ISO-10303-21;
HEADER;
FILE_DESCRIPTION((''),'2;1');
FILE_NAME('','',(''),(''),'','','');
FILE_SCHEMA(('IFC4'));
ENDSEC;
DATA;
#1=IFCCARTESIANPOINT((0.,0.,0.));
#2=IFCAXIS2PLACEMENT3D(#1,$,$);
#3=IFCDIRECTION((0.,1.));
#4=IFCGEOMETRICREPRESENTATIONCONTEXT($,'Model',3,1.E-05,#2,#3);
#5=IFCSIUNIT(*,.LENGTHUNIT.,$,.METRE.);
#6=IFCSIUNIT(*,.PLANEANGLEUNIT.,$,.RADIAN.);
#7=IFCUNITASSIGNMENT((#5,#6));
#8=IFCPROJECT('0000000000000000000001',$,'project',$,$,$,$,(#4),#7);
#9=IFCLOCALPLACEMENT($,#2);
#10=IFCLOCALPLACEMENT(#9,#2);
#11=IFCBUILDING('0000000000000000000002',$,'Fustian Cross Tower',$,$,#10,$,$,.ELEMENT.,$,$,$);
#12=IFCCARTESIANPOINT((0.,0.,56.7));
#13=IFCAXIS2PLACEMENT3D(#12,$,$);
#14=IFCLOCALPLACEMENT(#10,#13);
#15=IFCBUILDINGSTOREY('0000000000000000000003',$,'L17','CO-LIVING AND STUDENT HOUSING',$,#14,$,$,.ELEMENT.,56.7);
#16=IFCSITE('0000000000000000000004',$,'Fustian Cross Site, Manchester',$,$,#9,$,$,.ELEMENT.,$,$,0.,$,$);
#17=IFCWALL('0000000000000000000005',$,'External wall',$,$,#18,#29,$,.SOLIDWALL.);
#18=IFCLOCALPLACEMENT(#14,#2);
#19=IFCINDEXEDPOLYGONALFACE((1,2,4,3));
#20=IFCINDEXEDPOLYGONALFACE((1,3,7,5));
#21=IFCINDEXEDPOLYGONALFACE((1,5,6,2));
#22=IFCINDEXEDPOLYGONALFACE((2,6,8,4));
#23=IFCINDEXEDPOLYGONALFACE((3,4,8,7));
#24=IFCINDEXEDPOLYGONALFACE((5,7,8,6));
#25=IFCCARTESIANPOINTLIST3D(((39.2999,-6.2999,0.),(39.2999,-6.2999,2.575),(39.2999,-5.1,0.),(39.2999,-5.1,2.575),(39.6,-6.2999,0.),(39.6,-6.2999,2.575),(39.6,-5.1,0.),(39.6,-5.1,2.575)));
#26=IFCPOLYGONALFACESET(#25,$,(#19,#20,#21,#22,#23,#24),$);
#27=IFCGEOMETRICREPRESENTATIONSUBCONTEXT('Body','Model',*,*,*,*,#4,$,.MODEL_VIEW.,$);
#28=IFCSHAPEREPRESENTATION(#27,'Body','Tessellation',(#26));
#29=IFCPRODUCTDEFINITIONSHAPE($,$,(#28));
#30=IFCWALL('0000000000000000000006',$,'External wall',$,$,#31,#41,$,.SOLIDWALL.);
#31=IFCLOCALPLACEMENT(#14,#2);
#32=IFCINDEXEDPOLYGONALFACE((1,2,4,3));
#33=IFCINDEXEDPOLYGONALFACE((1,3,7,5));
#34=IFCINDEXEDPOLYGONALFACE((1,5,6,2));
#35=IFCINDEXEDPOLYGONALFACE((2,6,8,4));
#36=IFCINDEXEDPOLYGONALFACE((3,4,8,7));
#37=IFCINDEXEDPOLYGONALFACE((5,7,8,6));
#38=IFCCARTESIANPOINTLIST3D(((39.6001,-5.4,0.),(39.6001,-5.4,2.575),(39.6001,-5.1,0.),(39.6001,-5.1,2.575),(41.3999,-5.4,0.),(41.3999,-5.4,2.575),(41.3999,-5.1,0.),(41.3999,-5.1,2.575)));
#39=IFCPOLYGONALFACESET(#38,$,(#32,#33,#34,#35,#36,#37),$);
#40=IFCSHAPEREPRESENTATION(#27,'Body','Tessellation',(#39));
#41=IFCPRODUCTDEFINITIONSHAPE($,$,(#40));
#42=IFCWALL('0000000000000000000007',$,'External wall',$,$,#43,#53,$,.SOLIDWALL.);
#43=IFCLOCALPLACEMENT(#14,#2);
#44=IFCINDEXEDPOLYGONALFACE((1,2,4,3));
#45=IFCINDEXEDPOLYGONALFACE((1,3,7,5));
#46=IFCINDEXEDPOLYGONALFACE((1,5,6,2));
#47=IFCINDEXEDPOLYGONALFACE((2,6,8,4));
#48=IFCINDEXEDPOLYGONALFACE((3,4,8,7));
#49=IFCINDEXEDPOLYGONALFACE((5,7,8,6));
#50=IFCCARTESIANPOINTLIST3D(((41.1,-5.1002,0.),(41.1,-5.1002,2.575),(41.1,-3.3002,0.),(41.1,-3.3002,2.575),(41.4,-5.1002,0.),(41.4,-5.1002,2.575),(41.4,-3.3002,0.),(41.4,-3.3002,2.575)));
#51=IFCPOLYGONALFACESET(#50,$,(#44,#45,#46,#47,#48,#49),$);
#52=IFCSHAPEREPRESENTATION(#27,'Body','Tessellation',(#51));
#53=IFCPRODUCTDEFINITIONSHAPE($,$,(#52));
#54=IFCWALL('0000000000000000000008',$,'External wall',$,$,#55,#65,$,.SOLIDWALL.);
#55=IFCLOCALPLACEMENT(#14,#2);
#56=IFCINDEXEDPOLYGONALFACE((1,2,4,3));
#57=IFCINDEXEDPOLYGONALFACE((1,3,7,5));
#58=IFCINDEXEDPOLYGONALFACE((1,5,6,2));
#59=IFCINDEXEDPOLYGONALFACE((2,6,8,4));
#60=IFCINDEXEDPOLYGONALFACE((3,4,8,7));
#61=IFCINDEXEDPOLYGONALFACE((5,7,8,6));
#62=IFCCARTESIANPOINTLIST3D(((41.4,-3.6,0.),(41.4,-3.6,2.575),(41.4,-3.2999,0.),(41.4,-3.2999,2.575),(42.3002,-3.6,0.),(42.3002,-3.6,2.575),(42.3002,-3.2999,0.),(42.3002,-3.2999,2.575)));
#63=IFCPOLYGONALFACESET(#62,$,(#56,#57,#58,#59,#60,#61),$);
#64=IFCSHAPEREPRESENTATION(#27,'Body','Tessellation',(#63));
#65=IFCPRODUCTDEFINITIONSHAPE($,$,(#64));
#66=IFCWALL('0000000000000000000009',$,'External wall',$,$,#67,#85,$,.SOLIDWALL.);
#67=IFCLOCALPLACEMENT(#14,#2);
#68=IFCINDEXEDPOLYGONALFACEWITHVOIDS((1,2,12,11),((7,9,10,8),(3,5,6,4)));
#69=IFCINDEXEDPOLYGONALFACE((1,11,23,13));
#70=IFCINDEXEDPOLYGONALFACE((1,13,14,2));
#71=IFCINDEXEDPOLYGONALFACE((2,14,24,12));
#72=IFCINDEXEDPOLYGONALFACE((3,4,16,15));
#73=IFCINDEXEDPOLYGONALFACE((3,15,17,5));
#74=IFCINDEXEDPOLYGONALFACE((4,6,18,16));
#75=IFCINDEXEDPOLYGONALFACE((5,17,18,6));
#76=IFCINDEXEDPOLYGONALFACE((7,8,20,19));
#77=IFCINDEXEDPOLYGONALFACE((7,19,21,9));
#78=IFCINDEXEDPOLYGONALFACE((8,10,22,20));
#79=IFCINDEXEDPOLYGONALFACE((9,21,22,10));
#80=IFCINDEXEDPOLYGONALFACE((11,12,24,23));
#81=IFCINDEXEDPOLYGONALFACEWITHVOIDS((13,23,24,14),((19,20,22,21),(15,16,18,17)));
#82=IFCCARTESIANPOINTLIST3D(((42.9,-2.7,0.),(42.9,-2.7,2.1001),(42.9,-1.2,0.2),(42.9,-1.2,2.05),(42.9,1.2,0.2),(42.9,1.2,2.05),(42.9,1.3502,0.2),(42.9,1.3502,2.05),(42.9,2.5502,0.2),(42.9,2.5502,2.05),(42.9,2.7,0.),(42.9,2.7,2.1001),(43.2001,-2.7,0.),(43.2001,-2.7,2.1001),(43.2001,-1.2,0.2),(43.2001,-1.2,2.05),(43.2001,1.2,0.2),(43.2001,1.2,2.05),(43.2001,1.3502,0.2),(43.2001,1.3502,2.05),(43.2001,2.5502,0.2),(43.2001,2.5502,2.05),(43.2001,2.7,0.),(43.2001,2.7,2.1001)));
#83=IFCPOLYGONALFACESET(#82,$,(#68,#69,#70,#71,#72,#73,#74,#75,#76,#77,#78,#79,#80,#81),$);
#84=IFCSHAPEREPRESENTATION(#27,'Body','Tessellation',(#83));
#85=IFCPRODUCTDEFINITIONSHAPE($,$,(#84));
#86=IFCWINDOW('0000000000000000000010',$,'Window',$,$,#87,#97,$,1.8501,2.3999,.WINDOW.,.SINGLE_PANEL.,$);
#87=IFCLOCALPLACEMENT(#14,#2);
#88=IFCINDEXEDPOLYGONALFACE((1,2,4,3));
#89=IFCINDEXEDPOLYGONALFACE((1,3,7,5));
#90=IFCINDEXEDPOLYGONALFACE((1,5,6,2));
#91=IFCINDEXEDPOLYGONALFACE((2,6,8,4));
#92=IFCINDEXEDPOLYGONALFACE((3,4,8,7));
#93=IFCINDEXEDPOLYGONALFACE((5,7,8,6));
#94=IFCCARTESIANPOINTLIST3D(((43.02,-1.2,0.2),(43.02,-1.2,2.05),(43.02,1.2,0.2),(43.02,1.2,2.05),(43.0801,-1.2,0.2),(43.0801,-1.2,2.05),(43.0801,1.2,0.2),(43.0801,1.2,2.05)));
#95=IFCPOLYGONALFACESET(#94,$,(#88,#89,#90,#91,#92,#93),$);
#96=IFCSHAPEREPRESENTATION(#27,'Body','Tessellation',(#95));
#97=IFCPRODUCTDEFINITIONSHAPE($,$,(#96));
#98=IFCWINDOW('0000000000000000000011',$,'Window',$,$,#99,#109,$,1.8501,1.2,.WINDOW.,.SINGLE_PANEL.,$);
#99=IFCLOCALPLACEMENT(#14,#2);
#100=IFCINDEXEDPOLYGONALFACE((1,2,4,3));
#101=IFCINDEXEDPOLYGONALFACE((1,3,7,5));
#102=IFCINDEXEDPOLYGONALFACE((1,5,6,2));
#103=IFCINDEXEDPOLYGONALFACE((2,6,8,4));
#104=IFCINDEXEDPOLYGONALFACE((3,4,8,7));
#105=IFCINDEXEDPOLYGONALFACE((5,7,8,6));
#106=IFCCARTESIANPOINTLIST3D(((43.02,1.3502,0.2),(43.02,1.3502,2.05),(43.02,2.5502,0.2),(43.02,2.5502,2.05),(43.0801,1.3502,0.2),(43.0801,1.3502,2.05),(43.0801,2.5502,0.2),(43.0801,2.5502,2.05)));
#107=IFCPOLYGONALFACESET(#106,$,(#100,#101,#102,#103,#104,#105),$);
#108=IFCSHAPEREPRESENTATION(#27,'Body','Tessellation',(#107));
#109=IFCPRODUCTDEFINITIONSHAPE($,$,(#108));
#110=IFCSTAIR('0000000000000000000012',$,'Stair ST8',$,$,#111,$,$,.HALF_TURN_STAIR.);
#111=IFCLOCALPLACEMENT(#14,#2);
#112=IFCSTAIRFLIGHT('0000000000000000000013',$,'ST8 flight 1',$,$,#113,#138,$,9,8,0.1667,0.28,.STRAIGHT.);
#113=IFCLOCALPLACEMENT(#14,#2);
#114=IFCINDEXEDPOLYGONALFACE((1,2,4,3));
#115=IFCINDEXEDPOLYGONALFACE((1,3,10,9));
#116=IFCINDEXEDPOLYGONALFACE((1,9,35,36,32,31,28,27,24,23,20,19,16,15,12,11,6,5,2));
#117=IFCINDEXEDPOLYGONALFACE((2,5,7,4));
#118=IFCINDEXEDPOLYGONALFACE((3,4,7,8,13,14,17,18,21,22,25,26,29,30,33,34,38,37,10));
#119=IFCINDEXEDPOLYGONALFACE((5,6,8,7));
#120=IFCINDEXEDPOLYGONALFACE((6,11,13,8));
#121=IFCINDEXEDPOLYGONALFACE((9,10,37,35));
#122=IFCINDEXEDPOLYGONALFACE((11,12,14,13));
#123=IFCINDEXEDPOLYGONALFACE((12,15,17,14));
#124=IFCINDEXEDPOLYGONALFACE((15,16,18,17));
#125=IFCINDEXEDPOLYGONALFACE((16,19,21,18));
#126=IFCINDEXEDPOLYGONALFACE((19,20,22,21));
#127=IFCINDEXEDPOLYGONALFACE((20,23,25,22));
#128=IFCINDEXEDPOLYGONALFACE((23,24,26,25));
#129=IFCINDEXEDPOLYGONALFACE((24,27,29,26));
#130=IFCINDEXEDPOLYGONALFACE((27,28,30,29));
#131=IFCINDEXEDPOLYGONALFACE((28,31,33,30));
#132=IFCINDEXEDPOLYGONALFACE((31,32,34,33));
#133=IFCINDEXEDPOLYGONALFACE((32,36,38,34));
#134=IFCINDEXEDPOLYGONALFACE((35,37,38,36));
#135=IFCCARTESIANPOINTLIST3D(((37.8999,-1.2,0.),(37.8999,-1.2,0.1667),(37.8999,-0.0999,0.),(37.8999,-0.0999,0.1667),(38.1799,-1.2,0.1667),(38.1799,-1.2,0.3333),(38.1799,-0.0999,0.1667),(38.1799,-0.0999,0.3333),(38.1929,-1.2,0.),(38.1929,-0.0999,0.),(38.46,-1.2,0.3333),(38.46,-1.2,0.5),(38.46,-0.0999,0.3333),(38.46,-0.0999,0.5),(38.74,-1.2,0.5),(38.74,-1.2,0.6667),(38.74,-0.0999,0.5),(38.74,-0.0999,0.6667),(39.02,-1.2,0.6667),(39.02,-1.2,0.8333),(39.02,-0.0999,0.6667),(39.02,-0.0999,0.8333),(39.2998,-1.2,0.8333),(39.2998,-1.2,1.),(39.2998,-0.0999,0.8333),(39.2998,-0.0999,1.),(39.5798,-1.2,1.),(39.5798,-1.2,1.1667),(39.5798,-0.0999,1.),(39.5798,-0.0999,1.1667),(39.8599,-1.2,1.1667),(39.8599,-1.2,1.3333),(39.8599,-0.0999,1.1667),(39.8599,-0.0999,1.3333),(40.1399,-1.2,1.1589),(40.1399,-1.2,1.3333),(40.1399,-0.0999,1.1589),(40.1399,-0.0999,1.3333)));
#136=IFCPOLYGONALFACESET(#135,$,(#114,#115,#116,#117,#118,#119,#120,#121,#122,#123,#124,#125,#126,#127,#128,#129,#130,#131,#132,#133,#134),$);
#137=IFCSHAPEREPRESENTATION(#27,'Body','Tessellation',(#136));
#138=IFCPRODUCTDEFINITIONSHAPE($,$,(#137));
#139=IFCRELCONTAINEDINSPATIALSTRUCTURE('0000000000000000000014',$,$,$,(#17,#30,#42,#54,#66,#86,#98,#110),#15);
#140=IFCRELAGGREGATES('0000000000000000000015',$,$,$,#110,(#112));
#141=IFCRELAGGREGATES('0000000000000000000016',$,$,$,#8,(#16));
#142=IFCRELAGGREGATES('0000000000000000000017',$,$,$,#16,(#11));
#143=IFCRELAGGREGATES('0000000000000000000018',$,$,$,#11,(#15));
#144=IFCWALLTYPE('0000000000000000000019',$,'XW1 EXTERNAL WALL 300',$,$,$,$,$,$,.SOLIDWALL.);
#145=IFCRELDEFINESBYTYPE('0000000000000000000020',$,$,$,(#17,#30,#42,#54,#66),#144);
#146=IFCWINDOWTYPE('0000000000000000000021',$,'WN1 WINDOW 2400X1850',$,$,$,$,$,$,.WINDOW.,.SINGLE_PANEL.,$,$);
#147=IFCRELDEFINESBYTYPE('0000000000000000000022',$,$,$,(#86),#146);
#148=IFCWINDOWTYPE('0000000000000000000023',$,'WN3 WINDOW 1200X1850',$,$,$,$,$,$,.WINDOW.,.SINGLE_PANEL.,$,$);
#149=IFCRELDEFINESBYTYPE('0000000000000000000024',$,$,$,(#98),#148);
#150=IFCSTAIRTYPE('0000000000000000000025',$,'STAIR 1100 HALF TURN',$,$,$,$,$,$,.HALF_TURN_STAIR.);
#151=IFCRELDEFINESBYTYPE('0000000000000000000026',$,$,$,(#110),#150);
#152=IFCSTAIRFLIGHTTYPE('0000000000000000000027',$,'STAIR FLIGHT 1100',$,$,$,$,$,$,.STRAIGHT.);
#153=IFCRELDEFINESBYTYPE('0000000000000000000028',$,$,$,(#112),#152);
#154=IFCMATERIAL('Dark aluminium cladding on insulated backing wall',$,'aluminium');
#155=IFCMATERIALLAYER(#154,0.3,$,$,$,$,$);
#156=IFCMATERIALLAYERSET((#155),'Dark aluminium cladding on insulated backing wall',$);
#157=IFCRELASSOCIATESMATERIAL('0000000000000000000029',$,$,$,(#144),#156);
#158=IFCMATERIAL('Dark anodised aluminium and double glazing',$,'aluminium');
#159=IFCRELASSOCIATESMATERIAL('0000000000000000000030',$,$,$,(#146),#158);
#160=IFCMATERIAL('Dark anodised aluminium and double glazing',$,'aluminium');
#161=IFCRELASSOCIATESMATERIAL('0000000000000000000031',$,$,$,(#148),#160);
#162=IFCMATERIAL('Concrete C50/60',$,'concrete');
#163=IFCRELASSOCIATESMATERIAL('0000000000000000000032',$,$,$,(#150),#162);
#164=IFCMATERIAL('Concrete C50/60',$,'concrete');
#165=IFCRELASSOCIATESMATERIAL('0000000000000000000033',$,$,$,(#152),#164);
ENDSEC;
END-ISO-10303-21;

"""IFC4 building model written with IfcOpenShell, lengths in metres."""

from ifc_helpers import new_model, si_unit, direction, frame, frame_2d, origin, place, context, subcontext, project, spatial, polyline, rectangle, outline, extrude, material, layer, layer_set, type_object, element, fill, aggregate, save


model = new_model("IFC4")

# Units and contexts
model_context = context("Model", 3, precision=1e-05, world=origin(), true_north=direction((0.0, 1.0)))
body_context = subcontext(model_context, "Body", "Model", "MODEL_VIEW")
ifc_project = project(units=[si_unit("LENGTHUNIT", "METRE"), si_unit("PLANEANGLEUNIT", "RADIAN")], contexts=[model_context])

# Site, building, storey
site_placement = place(None, origin())
site = spatial("IfcSite", under=ifc_project, at=site_placement, Name="Fustian Cross Site, Manchester", CompositionType="ELEMENT", RefElevation=0.0)
building_placement = place(site_placement, origin())
building = spatial("IfcBuilding", under=site, at=building_placement, Name="Fustian Cross Tower", CompositionType="ELEMENT")
storey_placement = place(building_placement, frame((0.0, 0.0, 56.7)))
storey = spatial("IfcBuildingStorey", under=building, at=storey_placement, Name="L17", Description="CO-LIVING AND STUDENT HOUSING", CompositionType="ELEMENT", Elevation=56.7)

# Walls
ifc_material_1 = material(Name="Dark aluminium cladding on insulated backing wall", Category="aluminium")
ifc_layer_1 = layer(ifc_material_1, 0.3)
ifc_layer_set_1 = layer_set([ifc_layer_1], Name="Dark aluminium cladding on insulated backing wall")
wall_type_1 = type_object("IfcWallType", Name="XW1 EXTERNAL WALL 300", PredefinedType="SOLIDWALL", material=ifc_layer_set_1)
wall_1_placement = place(storey_placement, frame((39.45, -6.3, 0.0), z_axis=(0.0, 0.0, 1.0), x_axis=(0.0, 1.0, 0.0)))
element("IfcWall", 1, at=wall_1_placement, inside=storey, type_object=wall_type_1, Name="External wall", PredefinedType="SOLIDWALL", context=body_context, shape_type="SweptSolid", body=[
    extrude(rectangle(XDim=1.2, YDim=0.3, at=frame_2d((0.6001, 0.0))), origin(), (0.0, 0.0, 1.0), 2.575),
])
wall_2_placement = place(storey_placement, frame((39.6001, -5.25, 0.0), z_axis=(0.0, 0.0, 1.0), x_axis=(1.0, 0.0, 0.0)))
element("IfcWall", 2, at=wall_2_placement, inside=storey, type_object=wall_type_1, Name="External wall", PredefinedType="SOLIDWALL", context=body_context, shape_type="SweptSolid", body=[
    extrude(rectangle(XDim=1.7998, YDim=0.3, at=frame_2d((0.8999, 0.0))), origin(), (0.0, 0.0, 1.0), 2.575),
])
wall_3_placement = place(storey_placement, frame((41.25, -5.1001, 0.0), z_axis=(0.0, 0.0, 1.0), x_axis=(0.0, 1.0, 0.0)))
element("IfcWall", 3, at=wall_3_placement, inside=storey, type_object=wall_type_1, Name="External wall", PredefinedType="SOLIDWALL", context=body_context, shape_type="SweptSolid", body=[
    extrude(rectangle(XDim=1.8, YDim=0.3, at=frame_2d((0.8999, 0.0))), origin(), (0.0, 0.0, 1.0), 2.575),
])
wall_4_placement = place(storey_placement, frame((41.3999, -3.45, 0.0), z_axis=(0.0, 0.0, 1.0), x_axis=(1.0, 0.0, 0.0)))
element("IfcWall", 4, at=wall_4_placement, inside=storey, type_object=wall_type_1, Name="External wall", PredefinedType="SOLIDWALL", context=body_context, shape_type="SweptSolid", body=[
    extrude(rectangle(XDim=0.9001, YDim=0.3, at=frame_2d((0.4502, 0.0))), origin(), (0.0, 0.0, 1.0), 2.575),
])

# Wall, openings, windows
wall_5_placement = place(storey_placement, frame((43.05, -2.7, 0.0), z_axis=(0.0, 0.0, 1.0), x_axis=(0.0, 1.0, 0.0)))
wall_5 = element("IfcWall", 5, at=wall_5_placement, inside=storey, type_object=wall_type_1, Name="External wall", PredefinedType="SOLIDWALL", context=body_context, shape_type="SweptSolid", body=[
    extrude(rectangle(XDim=5.3999, YDim=0.3, at=frame_2d((2.7, 0.0))), origin(), (0.0, 0.0, 1.0), 2.1001),
])
opening_1_placement = place(wall_5_placement, frame((1.5, 0.0, 0.2)))
opening_1 = element("IfcOpeningElement", 6, at=opening_1_placement, cuts=wall_5, PredefinedType="OPENING", context=body_context, shape_type="SweptSolid", body=[
    extrude(rectangle(XDim=2.3999, YDim=1.8501, at=frame_2d((1.2, 0.925))), frame((0.0, 0.1599, 0.0), z_axis=(0.0, -1.0, 0.0), x_axis=(1.0, 0.0, 0.0)), (0.0, 0.0, 1.0), 0.3201),
])
opening_2_placement = place(wall_5_placement, frame((4.05, 0.0, 0.2)))
opening_2 = element("IfcOpeningElement", 7, at=opening_2_placement, cuts=wall_5, PredefinedType="OPENING", context=body_context, shape_type="SweptSolid", body=[
    extrude(rectangle(XDim=1.2, YDim=1.8501, at=frame_2d((0.6001, 0.925))), frame((0.0, 0.1599, 0.0), z_axis=(0.0, -1.0, 0.0), x_axis=(1.0, 0.0, 0.0)), (0.0, 0.0, 1.0), 0.3201),
])
ifc_material_2 = material(Name="Dark anodised aluminium and double glazing", Category="aluminium")
window_type_1 = type_object("IfcWindowType", Name="WN1 WINDOW 2400X1850", PartitioningType="SINGLE_PANEL", PredefinedType="WINDOW", material=ifc_material_2)
window_1_placement = place(opening_1_placement, origin())
window_1 = element("IfcWindow", 8, at=window_1_placement, inside=storey, type_object=window_type_1, Name="Window", OverallHeight=1.8501, OverallWidth=2.3999, PartitioningType="SINGLE_PANEL", PredefinedType="WINDOW", context=body_context, shape_type="SweptSolid", body=[
    extrude(rectangle(XDim=2.3999, YDim=1.8501, at=frame_2d((1.2, 0.925))), frame((0.0, 0.03, 0.0), z_axis=(0.0, -1.0, 0.0), x_axis=(1.0, 0.0, 0.0)), (0.0, 0.0, 1.0), 0.0601),
])
fill(opening_1, window_1)
ifc_material_3 = material(Name="Dark anodised aluminium and double glazing", Category="aluminium")
window_type_2 = type_object("IfcWindowType", Name="WN3 WINDOW 1200X1850", PartitioningType="SINGLE_PANEL", PredefinedType="WINDOW", material=ifc_material_3)
window_2_placement = place(opening_2_placement, origin())
window_2 = element("IfcWindow", 9, at=window_2_placement, inside=storey, type_object=window_type_2, Name="Window", OverallHeight=1.8501, OverallWidth=1.2, PartitioningType="SINGLE_PANEL", PredefinedType="WINDOW", context=body_context, shape_type="SweptSolid", body=[
    extrude(rectangle(XDim=1.2, YDim=1.8501, at=frame_2d((0.6001, 0.925))), frame((0.0, 0.03, 0.0), z_axis=(0.0, -1.0, 0.0), x_axis=(1.0, 0.0, 0.0)), (0.0, 0.0, 1.0), 0.0601),
])
fill(opening_2, window_2)

# Stair, stair flight
ifc_material_4 = material(Name="Concrete C50/60", Category="concrete")
stair_type = type_object("IfcStairType", Name="STAIR 1100 HALF TURN", PredefinedType="HALF_TURN_STAIR", material=ifc_material_4)
stair_placement = place(storey_placement, origin())
stair = element("IfcStair", 10, at=stair_placement, inside=storey, type_object=stair_type, Name="Stair ST8", PredefinedType="HALF_TURN_STAIR")
ifc_material_5 = material(Name="Concrete C50/60", Category="concrete")
stair_flight_type = type_object("IfcStairFlightType", Name="STAIR FLIGHT 1100", PredefinedType="STRAIGHT", material=ifc_material_5)
stair_flight_placement = place(storey_placement, frame((37.8999, -0.6499, 0.0), z_axis=(0.0, 0.0, 1.0), x_axis=(1.0, 0.0, 0.0)))
stair_flight = element("IfcStairFlight", 11, at=stair_flight_placement, type_object=stair_flight_type, Name="ST8 flight 1", NumberOfRisers=9, NumberOfTreads=8, PredefinedType="STRAIGHT", RiserHeight=0.1667, TreadLength=0.28, context=body_context, shape_type="SweptSolid", body=[
    extrude(outline(polyline([(0.0, 0.0), (0.0, 0.1667), (0.28, 0.1667), (0.28, 0.3333), (0.5601, 0.3333), (0.5601, 0.5), (0.8401, 0.5), (0.8401, 0.6667), (1.1201, 0.6667), (1.1201, 0.8333), (1.3999, 0.8333), (1.3999, 1.0), (1.6799, 1.0), (1.6799, 1.1667), (1.96, 1.1667), (1.96, 1.3333), (2.24, 1.3333), (2.24, 1.5), (2.24, 1.1589), (0.293, 0.0), (0.0, 0.0)])), frame((0.0, 0.55, 0.0), z_axis=(0.0, -1.0, 0.0), x_axis=(1.0, 0.0, 0.0)), (0.0, 0.0, 1.0), 1.1001),
])
aggregate(stair, [stair_flight])

save(model, "model.ifc")
